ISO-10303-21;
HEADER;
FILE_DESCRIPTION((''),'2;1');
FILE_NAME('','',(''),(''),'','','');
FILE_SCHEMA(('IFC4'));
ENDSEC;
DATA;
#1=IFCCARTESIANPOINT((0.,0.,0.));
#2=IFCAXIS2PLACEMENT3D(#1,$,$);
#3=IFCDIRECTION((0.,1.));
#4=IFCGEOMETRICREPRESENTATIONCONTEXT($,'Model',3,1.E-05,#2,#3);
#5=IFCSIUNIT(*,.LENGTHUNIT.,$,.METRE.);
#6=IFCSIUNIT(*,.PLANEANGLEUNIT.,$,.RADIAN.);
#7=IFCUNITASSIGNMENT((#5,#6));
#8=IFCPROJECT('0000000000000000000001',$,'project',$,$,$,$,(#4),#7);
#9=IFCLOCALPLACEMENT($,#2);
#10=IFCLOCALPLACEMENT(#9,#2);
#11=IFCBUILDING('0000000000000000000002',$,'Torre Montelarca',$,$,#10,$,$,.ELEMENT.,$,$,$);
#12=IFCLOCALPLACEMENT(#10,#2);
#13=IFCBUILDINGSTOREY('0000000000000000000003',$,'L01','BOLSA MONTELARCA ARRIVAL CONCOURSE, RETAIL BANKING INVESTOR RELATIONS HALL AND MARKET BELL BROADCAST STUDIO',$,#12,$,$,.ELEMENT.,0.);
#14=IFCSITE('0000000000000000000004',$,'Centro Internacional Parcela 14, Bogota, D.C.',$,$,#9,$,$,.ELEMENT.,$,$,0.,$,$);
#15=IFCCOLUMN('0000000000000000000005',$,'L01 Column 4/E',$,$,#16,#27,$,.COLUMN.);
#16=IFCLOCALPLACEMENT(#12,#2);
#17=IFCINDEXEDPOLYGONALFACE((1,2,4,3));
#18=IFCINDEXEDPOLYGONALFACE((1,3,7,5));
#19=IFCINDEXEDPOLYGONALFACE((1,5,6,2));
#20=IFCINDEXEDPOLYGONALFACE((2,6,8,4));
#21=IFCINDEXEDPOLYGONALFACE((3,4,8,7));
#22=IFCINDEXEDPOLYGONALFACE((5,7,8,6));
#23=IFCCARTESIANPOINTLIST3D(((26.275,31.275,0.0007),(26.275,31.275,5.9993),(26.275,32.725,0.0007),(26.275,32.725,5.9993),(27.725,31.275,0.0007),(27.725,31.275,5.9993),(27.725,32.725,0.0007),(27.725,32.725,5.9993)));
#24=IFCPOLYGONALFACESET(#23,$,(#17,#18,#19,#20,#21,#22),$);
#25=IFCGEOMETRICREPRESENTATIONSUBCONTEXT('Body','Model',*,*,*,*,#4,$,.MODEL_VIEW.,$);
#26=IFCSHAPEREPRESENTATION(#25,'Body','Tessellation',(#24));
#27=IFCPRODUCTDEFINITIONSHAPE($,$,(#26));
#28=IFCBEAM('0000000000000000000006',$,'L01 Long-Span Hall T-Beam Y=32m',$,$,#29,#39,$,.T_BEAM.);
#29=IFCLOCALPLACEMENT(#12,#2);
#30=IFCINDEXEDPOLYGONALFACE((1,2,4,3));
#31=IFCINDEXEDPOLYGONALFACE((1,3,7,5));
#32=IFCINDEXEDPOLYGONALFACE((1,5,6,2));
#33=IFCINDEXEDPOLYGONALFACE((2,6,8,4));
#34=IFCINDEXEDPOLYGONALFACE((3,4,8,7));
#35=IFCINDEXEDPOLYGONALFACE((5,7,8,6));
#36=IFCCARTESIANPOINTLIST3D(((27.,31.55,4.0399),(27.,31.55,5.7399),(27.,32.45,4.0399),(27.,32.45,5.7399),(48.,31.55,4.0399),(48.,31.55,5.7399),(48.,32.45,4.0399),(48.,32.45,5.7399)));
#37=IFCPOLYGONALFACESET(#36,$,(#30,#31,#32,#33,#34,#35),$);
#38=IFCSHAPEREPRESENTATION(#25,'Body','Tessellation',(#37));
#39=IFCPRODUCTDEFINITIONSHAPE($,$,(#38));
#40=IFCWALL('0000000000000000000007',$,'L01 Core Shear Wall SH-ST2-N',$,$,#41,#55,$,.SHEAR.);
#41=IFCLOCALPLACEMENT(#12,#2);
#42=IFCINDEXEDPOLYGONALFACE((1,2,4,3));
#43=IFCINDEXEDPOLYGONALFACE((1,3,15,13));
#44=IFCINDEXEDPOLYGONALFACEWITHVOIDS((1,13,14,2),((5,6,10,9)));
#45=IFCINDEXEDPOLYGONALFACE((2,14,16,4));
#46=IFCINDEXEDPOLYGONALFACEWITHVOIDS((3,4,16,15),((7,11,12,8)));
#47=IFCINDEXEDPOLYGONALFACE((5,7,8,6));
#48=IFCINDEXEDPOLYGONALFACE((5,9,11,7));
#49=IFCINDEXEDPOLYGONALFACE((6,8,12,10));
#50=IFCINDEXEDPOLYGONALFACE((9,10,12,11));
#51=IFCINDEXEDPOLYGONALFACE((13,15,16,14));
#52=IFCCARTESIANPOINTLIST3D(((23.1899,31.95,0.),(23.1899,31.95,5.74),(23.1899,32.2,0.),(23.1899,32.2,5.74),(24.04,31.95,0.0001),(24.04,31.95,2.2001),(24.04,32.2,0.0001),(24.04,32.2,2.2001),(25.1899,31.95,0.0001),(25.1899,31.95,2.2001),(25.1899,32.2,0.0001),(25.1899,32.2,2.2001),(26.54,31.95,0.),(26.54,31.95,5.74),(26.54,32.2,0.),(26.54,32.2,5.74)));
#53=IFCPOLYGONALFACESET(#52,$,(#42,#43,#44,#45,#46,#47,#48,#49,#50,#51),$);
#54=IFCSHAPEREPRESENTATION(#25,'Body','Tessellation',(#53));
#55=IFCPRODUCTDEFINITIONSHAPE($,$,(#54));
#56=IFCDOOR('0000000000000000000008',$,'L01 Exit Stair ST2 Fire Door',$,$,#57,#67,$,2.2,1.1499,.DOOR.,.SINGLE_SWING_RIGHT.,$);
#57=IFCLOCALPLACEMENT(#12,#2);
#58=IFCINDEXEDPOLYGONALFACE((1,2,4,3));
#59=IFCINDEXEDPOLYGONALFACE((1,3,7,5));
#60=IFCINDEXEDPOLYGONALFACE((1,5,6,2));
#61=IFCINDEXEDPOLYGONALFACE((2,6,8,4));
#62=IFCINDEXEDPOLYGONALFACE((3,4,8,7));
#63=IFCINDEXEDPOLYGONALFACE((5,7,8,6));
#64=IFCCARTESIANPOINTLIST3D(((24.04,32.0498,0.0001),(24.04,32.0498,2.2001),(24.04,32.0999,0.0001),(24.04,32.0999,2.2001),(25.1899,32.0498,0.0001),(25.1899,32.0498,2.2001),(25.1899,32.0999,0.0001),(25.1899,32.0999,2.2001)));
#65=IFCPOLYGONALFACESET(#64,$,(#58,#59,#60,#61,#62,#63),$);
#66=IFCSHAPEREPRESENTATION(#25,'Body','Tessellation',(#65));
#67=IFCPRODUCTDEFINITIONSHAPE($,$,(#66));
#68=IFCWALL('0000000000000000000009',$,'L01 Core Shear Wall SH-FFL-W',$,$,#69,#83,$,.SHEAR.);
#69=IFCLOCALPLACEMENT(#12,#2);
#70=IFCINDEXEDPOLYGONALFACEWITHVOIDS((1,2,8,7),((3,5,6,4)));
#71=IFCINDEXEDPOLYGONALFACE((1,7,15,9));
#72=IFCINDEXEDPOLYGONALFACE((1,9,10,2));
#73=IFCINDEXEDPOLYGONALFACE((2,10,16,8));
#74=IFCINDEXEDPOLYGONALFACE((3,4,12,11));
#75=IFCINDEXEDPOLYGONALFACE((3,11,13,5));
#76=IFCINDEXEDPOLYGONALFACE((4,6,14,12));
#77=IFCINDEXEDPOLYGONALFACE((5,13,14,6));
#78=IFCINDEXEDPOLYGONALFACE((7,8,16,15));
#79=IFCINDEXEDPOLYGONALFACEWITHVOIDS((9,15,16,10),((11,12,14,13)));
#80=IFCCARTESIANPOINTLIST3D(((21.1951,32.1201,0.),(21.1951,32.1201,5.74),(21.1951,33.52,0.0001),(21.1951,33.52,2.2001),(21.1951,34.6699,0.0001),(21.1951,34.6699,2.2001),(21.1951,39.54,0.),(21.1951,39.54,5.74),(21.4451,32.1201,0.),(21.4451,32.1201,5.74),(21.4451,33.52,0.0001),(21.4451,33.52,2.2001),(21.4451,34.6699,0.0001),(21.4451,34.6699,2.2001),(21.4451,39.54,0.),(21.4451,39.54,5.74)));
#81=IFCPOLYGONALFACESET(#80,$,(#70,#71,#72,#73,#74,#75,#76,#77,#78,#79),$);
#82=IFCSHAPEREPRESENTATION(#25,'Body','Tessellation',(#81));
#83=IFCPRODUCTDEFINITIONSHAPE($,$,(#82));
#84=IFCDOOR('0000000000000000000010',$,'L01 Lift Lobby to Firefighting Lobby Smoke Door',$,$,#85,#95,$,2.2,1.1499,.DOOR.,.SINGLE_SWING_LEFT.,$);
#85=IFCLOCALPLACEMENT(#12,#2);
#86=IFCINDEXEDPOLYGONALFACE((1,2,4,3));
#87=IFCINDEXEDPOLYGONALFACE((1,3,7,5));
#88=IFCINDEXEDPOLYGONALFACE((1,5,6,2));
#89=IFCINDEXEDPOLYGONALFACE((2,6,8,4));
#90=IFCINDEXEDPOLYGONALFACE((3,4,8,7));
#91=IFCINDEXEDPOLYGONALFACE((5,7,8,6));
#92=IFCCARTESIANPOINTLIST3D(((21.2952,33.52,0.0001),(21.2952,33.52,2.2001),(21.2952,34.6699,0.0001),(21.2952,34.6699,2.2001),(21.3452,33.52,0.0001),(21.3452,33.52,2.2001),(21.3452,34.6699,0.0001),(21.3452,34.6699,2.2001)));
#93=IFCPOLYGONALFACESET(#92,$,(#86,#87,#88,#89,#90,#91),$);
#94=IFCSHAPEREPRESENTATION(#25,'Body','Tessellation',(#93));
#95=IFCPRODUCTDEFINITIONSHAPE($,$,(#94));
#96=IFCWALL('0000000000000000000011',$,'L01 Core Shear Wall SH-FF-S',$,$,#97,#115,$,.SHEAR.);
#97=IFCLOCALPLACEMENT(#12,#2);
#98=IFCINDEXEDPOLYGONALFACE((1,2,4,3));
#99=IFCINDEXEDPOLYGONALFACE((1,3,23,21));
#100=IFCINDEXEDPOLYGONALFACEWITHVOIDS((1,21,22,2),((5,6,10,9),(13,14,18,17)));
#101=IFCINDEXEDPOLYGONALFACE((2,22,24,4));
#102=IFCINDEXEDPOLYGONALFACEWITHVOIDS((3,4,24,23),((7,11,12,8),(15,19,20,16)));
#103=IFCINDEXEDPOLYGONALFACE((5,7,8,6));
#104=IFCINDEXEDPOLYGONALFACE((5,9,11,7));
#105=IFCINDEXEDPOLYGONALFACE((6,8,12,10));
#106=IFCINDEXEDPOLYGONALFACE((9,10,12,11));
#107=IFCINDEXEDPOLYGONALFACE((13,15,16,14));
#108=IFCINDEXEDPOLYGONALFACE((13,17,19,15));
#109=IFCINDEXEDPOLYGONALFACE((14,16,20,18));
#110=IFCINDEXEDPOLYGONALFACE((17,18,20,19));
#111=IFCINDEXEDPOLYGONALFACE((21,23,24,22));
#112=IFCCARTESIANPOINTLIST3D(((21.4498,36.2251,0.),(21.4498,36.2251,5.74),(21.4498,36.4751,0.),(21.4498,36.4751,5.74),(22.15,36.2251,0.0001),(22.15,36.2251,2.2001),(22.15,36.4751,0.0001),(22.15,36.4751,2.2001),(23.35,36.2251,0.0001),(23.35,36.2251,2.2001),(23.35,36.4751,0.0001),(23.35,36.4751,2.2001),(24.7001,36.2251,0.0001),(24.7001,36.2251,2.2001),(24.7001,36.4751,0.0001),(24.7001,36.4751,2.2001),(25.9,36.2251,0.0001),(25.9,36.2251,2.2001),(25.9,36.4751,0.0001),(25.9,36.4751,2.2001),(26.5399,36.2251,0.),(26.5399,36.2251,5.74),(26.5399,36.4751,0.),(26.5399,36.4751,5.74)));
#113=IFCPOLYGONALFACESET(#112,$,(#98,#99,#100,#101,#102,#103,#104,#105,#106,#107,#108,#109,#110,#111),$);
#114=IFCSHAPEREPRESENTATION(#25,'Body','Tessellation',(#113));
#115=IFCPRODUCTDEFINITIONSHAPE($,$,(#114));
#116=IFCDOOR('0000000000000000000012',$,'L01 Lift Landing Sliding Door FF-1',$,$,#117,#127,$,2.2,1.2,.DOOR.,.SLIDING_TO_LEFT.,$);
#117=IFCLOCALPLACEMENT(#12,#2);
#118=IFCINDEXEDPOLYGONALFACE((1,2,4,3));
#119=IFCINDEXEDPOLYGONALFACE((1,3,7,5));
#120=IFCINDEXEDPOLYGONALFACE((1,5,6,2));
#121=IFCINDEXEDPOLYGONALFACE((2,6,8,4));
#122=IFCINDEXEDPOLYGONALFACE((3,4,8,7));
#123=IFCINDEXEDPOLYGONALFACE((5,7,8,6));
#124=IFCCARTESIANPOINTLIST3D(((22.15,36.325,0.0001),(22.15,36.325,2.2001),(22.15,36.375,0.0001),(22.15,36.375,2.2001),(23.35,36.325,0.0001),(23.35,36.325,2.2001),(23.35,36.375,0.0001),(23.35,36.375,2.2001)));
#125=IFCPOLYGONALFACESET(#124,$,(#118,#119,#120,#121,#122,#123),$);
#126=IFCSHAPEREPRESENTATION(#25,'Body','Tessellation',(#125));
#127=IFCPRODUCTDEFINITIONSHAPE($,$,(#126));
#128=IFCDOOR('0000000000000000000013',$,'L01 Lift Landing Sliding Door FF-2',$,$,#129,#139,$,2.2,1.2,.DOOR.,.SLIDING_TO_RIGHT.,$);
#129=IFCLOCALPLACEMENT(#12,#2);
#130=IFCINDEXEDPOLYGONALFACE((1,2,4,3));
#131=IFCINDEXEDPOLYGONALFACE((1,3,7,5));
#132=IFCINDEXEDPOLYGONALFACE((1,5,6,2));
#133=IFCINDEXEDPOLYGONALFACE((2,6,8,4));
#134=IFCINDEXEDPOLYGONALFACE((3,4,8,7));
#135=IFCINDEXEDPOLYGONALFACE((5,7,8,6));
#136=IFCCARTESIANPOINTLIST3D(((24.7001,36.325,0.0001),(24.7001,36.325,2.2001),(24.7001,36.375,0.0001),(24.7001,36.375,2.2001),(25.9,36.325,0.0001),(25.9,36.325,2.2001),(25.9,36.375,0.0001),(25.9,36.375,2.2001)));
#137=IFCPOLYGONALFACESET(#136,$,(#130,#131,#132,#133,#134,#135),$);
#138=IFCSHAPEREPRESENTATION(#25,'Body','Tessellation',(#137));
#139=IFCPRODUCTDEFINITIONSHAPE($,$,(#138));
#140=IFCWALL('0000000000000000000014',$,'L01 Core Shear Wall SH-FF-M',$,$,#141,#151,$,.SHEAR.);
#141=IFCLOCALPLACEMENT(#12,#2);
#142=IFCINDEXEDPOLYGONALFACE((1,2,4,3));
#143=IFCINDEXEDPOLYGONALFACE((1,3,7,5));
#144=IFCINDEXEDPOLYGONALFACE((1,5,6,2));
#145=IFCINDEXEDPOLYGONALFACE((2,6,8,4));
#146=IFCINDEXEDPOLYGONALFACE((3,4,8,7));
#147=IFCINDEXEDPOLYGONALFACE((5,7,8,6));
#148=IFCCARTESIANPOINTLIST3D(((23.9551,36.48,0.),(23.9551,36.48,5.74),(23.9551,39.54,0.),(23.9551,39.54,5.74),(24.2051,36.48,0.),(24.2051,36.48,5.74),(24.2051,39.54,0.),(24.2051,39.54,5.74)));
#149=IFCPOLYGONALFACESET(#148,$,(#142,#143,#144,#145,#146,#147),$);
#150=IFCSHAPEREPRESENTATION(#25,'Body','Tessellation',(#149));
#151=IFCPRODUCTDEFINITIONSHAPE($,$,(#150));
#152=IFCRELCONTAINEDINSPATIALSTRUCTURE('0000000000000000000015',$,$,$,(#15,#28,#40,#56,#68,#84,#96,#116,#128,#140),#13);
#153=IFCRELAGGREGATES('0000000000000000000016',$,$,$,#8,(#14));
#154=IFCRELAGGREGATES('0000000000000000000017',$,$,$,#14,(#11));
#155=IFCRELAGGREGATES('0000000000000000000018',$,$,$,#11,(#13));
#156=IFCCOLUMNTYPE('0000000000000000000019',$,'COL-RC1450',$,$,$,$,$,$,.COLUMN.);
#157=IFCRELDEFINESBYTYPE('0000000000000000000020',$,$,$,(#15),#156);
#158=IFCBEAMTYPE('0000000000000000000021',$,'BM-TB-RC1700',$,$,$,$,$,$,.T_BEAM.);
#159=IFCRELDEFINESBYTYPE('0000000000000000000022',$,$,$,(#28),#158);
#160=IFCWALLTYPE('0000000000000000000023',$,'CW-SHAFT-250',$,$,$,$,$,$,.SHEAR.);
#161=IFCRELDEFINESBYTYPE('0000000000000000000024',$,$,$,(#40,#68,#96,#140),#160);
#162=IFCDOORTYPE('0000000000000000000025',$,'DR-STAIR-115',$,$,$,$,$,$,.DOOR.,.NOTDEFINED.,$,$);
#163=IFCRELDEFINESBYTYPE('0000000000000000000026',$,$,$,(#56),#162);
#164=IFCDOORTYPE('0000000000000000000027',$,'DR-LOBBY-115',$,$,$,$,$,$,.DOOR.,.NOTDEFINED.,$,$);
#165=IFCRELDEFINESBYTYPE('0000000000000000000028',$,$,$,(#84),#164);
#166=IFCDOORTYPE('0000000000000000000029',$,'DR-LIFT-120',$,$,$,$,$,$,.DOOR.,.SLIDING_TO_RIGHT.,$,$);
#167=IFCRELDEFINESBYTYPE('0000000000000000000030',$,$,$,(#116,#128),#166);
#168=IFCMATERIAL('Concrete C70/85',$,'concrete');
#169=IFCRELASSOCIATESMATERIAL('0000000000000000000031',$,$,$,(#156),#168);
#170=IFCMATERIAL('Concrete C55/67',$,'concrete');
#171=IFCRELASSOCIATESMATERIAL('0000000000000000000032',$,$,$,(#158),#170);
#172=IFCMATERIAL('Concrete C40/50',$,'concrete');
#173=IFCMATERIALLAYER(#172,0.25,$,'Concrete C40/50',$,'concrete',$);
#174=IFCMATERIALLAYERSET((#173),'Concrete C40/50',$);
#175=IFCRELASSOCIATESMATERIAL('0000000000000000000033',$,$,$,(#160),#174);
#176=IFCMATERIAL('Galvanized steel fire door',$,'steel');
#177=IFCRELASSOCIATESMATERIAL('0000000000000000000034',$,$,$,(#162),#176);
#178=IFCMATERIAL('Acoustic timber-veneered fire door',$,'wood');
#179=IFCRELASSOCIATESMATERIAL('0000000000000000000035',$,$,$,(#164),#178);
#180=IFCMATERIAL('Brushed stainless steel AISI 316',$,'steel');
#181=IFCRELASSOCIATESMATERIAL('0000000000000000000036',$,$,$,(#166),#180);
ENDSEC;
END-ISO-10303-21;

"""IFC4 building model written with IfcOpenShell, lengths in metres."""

from ifc_helpers import new_model, si_unit, direction, frame, frame_2d, origin, origin_2d, place, context, subcontext, project, spatial, rectangle, extrude, source, transform, mapped, material, layer, layer_set, material_profile, profile_set, type_object, element, fill, save


model = new_model("IFC4")

# Units and contexts
model_context = context("Model", 3, precision=1e-05, world=origin(), true_north=direction((0.0, 1.0)))
body_context = subcontext(model_context, "Body", "Model", "MODEL_VIEW")
ifc_project = project(units=[si_unit("LENGTHUNIT", "METRE"), si_unit("PLANEANGLEUNIT", "RADIAN")], contexts=[model_context])

# Site, building, storey
site_placement = place(None, origin())
site = spatial("IfcSite", under=ifc_project, at=site_placement, Name="Centro Internacional Parcela 14, Bogota, D.C.", CompositionType="ELEMENT", RefElevation=0.0)
building_placement = place(site_placement, origin())
building = spatial("IfcBuilding", under=site, at=building_placement, Name="Torre Montelarca", CompositionType="ELEMENT")
storey_placement = place(building_placement, origin())
storey = spatial("IfcBuildingStorey", under=building, at=storey_placement, Name="L01", Description="BOLSA MONTELARCA ARRIVAL CONCOURSE, RETAIL BANKING INVESTOR RELATIONS HALL AND MARKET BELL BROADCAST STUDIO", CompositionType="ELEMENT", Elevation=0.0)

# Column
ifc_material_1 = material(Name="Concrete C70/85", Category="concrete")
ifc_material_profile_1 = material_profile(ifc_material_1, rectangle(XDim=1.45, YDim=1.45, at=origin_2d()), Name="RC1450X1450", Category="concrete")
ifc_profile_set_1 = profile_set([ifc_material_profile_1], Name="Concrete C70/85")
column_type = type_object("IfcColumnType", Name="COL-RC1450", PredefinedType="COLUMN", material=ifc_profile_set_1)
shared_shape_1 = source(origin(), body_context, "Body", "SweptSolid", [
    extrude(rectangle(XDim=1.45, YDim=1.45, at=origin_2d()), origin(), (0.0, 0.0, 1.0), 5.9985),
])
column_placement = place(storey_placement, frame((27.0, 32.0, 0.0007), z_axis=(0.0, 0.0, 1.0), x_axis=(1.0, 0.0, 0.0)))
element("IfcColumn", 1, at=column_placement, inside=storey, type_object=column_type, Name="L01 Column 4/E", PredefinedType="COLUMN", context=body_context, shape_type="MappedRepresentation", body=[
    mapped(shared_shape_1, transform((0.0, 0.0, 0.0), scale=1.0)),
])

# Beam
ifc_material_2 = material(Name="Concrete C55/67", Category="concrete")
ifc_material_profile_2 = material_profile(ifc_material_2, rectangle(XDim=0.8999, YDim=1.7, at=origin_2d()), Name="RCB900X1700", Category="concrete")
ifc_profile_set_2 = profile_set([ifc_material_profile_2], Name="Concrete C55/67")
beam_type = type_object("IfcBeamType", Name="BM-TB-RC1700", PredefinedType="T_BEAM", material=ifc_profile_set_2)
shared_shape_2 = source(origin(), body_context, "Body", "SweptSolid", [
    extrude(rectangle(XDim=0.8999, YDim=1.7, at=origin_2d()), origin(), (0.0, 0.0, 1.0), 21.0),
])
beam_placement = place(storey_placement, frame((27.0, 32.0, 4.8899), z_axis=(1.0, 0.0, 0.0), x_axis=(0.0, 1.0, 0.0)))
element("IfcBeam", 2, at=beam_placement, inside=storey, type_object=beam_type, Name="L01 Long-Span Hall T-Beam Y=32m", PredefinedType="T_BEAM", context=body_context, shape_type="MappedRepresentation", body=[
    mapped(shared_shape_2, transform((0.0, 0.0, 0.0), scale=1.0)),
])

# Walls, openings, doors
ifc_material_3 = material(Name="Concrete C40/50", Category="concrete")
ifc_layer_1 = layer(ifc_material_3, 0.25, Name="Concrete C40/50", Category="concrete")
ifc_layer_set_1 = layer_set([ifc_layer_1], Name="Concrete C40/50")
wall_type_1 = type_object("IfcWallType", Name="CW-SHAFT-250", PredefinedType="SHEAR", material=ifc_layer_set_1)
wall_1_placement = place(storey_placement, frame((23.1899, 32.075, 0.0), z_axis=(0.0, 0.0, 1.0), x_axis=(1.0, 0.0, 0.0)))
wall_1 = element("IfcWall", 3, at=wall_1_placement, inside=storey, type_object=wall_type_1, Name="L01 Core Shear Wall SH-ST2-N", PredefinedType="SHEAR", context=body_context, shape_type="SweptSolid", body=[
    extrude(rectangle(XDim=3.3501, YDim=0.25, at=frame_2d((1.675, 0.0))), origin(), (0.0, 0.0, 1.0), 5.74),
])
opening_1_placement = place(wall_1_placement, frame((0.8501, 0.0, 0.0)))
opening_1 = element("IfcOpeningElement", 4, at=opening_1_placement, cuts=wall_1, PredefinedType="OPENING", context=body_context, shape_type="SweptSolid", body=[
    extrude(rectangle(XDim=1.1499, YDim=2.2, at=frame_2d((0.575, 1.1001))), frame((0.0, 0.135, 0.0), z_axis=(0.0, -1.0, 0.0), x_axis=(1.0, 0.0, 0.0)), (0.0, 0.0, 1.0), 0.27),
])
ifc_material_4 = material(Name="Galvanized steel fire door", Category="steel")
door_type_1 = type_object("IfcDoorType", Name="DR-STAIR-115", OperationType="NOTDEFINED", PredefinedType="DOOR", material=ifc_material_4)
shared_shape_3 = source(origin(), body_context, "Body", "SweptSolid", [
    extrude(rectangle(XDim=1.1499, YDim=2.2, at=frame_2d((0.575, 1.1001))), frame((0.0, 0.0249, 0.0), z_axis=(0.0, -1.0, 0.0), x_axis=(1.0, 0.0, 0.0)), (0.0, 0.0, 1.0), 0.05),
])
door_1_placement = place(opening_1_placement, origin())
door_1 = element("IfcDoor", 5, at=door_1_placement, inside=storey, type_object=door_type_1, Name="L01 Exit Stair ST2 Fire Door", OperationType="SINGLE_SWING_RIGHT", OverallHeight=2.2, OverallWidth=1.1499, PredefinedType="DOOR", context=body_context, shape_type="MappedRepresentation", body=[
    mapped(shared_shape_3, transform((0.0, 0.0, 0.0), scale=1.0)),
])
fill(opening_1, door_1)
wall_2_placement = place(storey_placement, frame((21.3201, 32.1201, 0.0), z_axis=(0.0, 0.0, 1.0), x_axis=(0.0, 1.0, 0.0)))
wall_2 = element("IfcWall", 6, at=wall_2_placement, inside=storey, type_object=wall_type_1, Name="L01 Core Shear Wall SH-FFL-W", PredefinedType="SHEAR", context=body_context, shape_type="SweptSolid", body=[
    extrude(rectangle(XDim=7.4199, YDim=0.25, at=frame_2d((3.71, 0.0))), origin(), (0.0, 0.0, 1.0), 5.74),
])
opening_2_placement = place(wall_2_placement, frame((1.3999, 0.0, 0.0)))
opening_2 = element("IfcOpeningElement", 7, at=opening_2_placement, cuts=wall_2, PredefinedType="OPENING", context=body_context, shape_type="SweptSolid", body=[
    extrude(rectangle(XDim=1.1499, YDim=2.2, at=frame_2d((0.575, 1.1001))), frame((0.0, 0.135, 0.0), z_axis=(0.0, -1.0, 0.0), x_axis=(1.0, 0.0, 0.0)), (0.0, 0.0, 1.0), 0.27),
])
ifc_material_5 = material(Name="Acoustic timber-veneered fire door", Category="wood")
door_type_2 = type_object("IfcDoorType", Name="DR-LOBBY-115", OperationType="NOTDEFINED", PredefinedType="DOOR", material=ifc_material_5)
shared_shape_4 = source(origin(), body_context, "Body", "SweptSolid", [
    extrude(rectangle(XDim=1.1499, YDim=2.2, at=frame_2d((0.575, 1.1001))), frame((0.0, 0.0249, 0.0), z_axis=(0.0, -1.0, 0.0), x_axis=(1.0, 0.0, 0.0)), (0.0, 0.0, 1.0), 0.05),
])
door_2_placement = place(opening_2_placement, origin())
door_2 = element("IfcDoor", 8, at=door_2_placement, inside=storey, type_object=door_type_2, Name="L01 Lift Lobby to Firefighting Lobby Smoke Door", OperationType="SINGLE_SWING_LEFT", OverallHeight=2.2, OverallWidth=1.1499, PredefinedType="DOOR", context=body_context, shape_type="MappedRepresentation", body=[
    mapped(shared_shape_4, transform((0.0, 0.0, 0.0), scale=1.0)),
])
fill(opening_2, door_2)

# Wall, openings, doors
wall_3_placement = place(storey_placement, frame((21.45, 36.3501, 0.0), z_axis=(0.0, 0.0, 1.0), x_axis=(1.0, 0.0, 0.0)))
wall_3 = element("IfcWall", 9, at=wall_3_placement, inside=storey, type_object=wall_type_1, Name="L01 Core Shear Wall SH-FF-S", PredefinedType="SHEAR", context=body_context, shape_type="SweptSolid", body=[
    extrude(rectangle(XDim=5.0901, YDim=0.25, at=frame_2d((2.5449, 0.0))), origin(), (0.0, 0.0, 1.0), 5.74),
])
opening_3_placement = place(wall_3_placement, frame((0.7, 0.0, 0.0)))
opening_3 = element("IfcOpeningElement", 10, at=opening_3_placement, cuts=wall_3, PredefinedType="OPENING", context=body_context, shape_type="SweptSolid", body=[
    extrude(rectangle(XDim=1.2, YDim=2.2, at=frame_2d((0.6001, 1.1001))), frame((0.0, 0.135, 0.0), z_axis=(0.0, -1.0, 0.0), x_axis=(1.0, 0.0, 0.0)), (0.0, 0.0, 1.0), 0.27),
])
opening_4_placement = place(wall_3_placement, frame((3.25, 0.0, 0.0)))
opening_4 = element("IfcOpeningElement", 11, at=opening_4_placement, cuts=wall_3, PredefinedType="OPENING", context=body_context, shape_type="SweptSolid", body=[
    extrude(rectangle(XDim=1.2, YDim=2.2, at=frame_2d((0.6001, 1.1001))), frame((0.0, 0.135, 0.0), z_axis=(0.0, -1.0, 0.0), x_axis=(1.0, 0.0, 0.0)), (0.0, 0.0, 1.0), 0.27),
])
ifc_material_6 = material(Name="Brushed stainless steel AISI 316", Category="steel")
door_type_3 = type_object("IfcDoorType", Name="DR-LIFT-120", OperationType="SLIDING_TO_RIGHT", PredefinedType="DOOR", material=ifc_material_6)
shared_shape_5 = source(origin(), body_context, "Body", "SweptSolid", [
    extrude(rectangle(XDim=1.2, YDim=2.2, at=frame_2d((0.6001, 1.1001))), frame((0.0, 0.0249, 0.0), z_axis=(0.0, -1.0, 0.0), x_axis=(1.0, 0.0, 0.0)), (0.0, 0.0, 1.0), 0.05),
])
door_3_placement = place(opening_3_placement, origin())
door_3 = element("IfcDoor", 12, at=door_3_placement, inside=storey, type_object=door_type_3, Name="L01 Lift Landing Sliding Door FF-1", OperationType="SLIDING_TO_LEFT", OverallHeight=2.2, OverallWidth=1.2, PredefinedType="DOOR", context=body_context, shape_type="MappedRepresentation", body=[
    mapped(shared_shape_5, transform((0.0, 0.0, 0.0), scale=1.0)),
])
fill(opening_3, door_3)
door_4_placement = place(opening_4_placement, origin())
door_4 = element("IfcDoor", 13, at=door_4_placement, inside=storey, type_object=door_type_3, Name="L01 Lift Landing Sliding Door FF-2", OperationType="SLIDING_TO_RIGHT", OverallHeight=2.2, OverallWidth=1.2, PredefinedType="DOOR", context=body_context, shape_type="MappedRepresentation", body=[
    mapped(shared_shape_5, transform((0.0, 0.0, 0.0), scale=1.0)),
])
fill(opening_4, door_4)

# Wall
wall_4_placement = place(storey_placement, frame((24.0801, 36.48, 0.0), z_axis=(0.0, 0.0, 1.0), x_axis=(0.0, 1.0, 0.0)))
element("IfcWall", 14, at=wall_4_placement, inside=storey, type_object=wall_type_1, Name="L01 Core Shear Wall SH-FF-M", PredefinedType="SHEAR", context=body_context, shape_type="SweptSolid", body=[
    extrude(rectangle(XDim=3.0601, YDim=0.25, at=frame_2d((1.53, 0.0))), origin(), (0.0, 0.0, 1.0), 5.74),
])

save(model, "model.ifc")
